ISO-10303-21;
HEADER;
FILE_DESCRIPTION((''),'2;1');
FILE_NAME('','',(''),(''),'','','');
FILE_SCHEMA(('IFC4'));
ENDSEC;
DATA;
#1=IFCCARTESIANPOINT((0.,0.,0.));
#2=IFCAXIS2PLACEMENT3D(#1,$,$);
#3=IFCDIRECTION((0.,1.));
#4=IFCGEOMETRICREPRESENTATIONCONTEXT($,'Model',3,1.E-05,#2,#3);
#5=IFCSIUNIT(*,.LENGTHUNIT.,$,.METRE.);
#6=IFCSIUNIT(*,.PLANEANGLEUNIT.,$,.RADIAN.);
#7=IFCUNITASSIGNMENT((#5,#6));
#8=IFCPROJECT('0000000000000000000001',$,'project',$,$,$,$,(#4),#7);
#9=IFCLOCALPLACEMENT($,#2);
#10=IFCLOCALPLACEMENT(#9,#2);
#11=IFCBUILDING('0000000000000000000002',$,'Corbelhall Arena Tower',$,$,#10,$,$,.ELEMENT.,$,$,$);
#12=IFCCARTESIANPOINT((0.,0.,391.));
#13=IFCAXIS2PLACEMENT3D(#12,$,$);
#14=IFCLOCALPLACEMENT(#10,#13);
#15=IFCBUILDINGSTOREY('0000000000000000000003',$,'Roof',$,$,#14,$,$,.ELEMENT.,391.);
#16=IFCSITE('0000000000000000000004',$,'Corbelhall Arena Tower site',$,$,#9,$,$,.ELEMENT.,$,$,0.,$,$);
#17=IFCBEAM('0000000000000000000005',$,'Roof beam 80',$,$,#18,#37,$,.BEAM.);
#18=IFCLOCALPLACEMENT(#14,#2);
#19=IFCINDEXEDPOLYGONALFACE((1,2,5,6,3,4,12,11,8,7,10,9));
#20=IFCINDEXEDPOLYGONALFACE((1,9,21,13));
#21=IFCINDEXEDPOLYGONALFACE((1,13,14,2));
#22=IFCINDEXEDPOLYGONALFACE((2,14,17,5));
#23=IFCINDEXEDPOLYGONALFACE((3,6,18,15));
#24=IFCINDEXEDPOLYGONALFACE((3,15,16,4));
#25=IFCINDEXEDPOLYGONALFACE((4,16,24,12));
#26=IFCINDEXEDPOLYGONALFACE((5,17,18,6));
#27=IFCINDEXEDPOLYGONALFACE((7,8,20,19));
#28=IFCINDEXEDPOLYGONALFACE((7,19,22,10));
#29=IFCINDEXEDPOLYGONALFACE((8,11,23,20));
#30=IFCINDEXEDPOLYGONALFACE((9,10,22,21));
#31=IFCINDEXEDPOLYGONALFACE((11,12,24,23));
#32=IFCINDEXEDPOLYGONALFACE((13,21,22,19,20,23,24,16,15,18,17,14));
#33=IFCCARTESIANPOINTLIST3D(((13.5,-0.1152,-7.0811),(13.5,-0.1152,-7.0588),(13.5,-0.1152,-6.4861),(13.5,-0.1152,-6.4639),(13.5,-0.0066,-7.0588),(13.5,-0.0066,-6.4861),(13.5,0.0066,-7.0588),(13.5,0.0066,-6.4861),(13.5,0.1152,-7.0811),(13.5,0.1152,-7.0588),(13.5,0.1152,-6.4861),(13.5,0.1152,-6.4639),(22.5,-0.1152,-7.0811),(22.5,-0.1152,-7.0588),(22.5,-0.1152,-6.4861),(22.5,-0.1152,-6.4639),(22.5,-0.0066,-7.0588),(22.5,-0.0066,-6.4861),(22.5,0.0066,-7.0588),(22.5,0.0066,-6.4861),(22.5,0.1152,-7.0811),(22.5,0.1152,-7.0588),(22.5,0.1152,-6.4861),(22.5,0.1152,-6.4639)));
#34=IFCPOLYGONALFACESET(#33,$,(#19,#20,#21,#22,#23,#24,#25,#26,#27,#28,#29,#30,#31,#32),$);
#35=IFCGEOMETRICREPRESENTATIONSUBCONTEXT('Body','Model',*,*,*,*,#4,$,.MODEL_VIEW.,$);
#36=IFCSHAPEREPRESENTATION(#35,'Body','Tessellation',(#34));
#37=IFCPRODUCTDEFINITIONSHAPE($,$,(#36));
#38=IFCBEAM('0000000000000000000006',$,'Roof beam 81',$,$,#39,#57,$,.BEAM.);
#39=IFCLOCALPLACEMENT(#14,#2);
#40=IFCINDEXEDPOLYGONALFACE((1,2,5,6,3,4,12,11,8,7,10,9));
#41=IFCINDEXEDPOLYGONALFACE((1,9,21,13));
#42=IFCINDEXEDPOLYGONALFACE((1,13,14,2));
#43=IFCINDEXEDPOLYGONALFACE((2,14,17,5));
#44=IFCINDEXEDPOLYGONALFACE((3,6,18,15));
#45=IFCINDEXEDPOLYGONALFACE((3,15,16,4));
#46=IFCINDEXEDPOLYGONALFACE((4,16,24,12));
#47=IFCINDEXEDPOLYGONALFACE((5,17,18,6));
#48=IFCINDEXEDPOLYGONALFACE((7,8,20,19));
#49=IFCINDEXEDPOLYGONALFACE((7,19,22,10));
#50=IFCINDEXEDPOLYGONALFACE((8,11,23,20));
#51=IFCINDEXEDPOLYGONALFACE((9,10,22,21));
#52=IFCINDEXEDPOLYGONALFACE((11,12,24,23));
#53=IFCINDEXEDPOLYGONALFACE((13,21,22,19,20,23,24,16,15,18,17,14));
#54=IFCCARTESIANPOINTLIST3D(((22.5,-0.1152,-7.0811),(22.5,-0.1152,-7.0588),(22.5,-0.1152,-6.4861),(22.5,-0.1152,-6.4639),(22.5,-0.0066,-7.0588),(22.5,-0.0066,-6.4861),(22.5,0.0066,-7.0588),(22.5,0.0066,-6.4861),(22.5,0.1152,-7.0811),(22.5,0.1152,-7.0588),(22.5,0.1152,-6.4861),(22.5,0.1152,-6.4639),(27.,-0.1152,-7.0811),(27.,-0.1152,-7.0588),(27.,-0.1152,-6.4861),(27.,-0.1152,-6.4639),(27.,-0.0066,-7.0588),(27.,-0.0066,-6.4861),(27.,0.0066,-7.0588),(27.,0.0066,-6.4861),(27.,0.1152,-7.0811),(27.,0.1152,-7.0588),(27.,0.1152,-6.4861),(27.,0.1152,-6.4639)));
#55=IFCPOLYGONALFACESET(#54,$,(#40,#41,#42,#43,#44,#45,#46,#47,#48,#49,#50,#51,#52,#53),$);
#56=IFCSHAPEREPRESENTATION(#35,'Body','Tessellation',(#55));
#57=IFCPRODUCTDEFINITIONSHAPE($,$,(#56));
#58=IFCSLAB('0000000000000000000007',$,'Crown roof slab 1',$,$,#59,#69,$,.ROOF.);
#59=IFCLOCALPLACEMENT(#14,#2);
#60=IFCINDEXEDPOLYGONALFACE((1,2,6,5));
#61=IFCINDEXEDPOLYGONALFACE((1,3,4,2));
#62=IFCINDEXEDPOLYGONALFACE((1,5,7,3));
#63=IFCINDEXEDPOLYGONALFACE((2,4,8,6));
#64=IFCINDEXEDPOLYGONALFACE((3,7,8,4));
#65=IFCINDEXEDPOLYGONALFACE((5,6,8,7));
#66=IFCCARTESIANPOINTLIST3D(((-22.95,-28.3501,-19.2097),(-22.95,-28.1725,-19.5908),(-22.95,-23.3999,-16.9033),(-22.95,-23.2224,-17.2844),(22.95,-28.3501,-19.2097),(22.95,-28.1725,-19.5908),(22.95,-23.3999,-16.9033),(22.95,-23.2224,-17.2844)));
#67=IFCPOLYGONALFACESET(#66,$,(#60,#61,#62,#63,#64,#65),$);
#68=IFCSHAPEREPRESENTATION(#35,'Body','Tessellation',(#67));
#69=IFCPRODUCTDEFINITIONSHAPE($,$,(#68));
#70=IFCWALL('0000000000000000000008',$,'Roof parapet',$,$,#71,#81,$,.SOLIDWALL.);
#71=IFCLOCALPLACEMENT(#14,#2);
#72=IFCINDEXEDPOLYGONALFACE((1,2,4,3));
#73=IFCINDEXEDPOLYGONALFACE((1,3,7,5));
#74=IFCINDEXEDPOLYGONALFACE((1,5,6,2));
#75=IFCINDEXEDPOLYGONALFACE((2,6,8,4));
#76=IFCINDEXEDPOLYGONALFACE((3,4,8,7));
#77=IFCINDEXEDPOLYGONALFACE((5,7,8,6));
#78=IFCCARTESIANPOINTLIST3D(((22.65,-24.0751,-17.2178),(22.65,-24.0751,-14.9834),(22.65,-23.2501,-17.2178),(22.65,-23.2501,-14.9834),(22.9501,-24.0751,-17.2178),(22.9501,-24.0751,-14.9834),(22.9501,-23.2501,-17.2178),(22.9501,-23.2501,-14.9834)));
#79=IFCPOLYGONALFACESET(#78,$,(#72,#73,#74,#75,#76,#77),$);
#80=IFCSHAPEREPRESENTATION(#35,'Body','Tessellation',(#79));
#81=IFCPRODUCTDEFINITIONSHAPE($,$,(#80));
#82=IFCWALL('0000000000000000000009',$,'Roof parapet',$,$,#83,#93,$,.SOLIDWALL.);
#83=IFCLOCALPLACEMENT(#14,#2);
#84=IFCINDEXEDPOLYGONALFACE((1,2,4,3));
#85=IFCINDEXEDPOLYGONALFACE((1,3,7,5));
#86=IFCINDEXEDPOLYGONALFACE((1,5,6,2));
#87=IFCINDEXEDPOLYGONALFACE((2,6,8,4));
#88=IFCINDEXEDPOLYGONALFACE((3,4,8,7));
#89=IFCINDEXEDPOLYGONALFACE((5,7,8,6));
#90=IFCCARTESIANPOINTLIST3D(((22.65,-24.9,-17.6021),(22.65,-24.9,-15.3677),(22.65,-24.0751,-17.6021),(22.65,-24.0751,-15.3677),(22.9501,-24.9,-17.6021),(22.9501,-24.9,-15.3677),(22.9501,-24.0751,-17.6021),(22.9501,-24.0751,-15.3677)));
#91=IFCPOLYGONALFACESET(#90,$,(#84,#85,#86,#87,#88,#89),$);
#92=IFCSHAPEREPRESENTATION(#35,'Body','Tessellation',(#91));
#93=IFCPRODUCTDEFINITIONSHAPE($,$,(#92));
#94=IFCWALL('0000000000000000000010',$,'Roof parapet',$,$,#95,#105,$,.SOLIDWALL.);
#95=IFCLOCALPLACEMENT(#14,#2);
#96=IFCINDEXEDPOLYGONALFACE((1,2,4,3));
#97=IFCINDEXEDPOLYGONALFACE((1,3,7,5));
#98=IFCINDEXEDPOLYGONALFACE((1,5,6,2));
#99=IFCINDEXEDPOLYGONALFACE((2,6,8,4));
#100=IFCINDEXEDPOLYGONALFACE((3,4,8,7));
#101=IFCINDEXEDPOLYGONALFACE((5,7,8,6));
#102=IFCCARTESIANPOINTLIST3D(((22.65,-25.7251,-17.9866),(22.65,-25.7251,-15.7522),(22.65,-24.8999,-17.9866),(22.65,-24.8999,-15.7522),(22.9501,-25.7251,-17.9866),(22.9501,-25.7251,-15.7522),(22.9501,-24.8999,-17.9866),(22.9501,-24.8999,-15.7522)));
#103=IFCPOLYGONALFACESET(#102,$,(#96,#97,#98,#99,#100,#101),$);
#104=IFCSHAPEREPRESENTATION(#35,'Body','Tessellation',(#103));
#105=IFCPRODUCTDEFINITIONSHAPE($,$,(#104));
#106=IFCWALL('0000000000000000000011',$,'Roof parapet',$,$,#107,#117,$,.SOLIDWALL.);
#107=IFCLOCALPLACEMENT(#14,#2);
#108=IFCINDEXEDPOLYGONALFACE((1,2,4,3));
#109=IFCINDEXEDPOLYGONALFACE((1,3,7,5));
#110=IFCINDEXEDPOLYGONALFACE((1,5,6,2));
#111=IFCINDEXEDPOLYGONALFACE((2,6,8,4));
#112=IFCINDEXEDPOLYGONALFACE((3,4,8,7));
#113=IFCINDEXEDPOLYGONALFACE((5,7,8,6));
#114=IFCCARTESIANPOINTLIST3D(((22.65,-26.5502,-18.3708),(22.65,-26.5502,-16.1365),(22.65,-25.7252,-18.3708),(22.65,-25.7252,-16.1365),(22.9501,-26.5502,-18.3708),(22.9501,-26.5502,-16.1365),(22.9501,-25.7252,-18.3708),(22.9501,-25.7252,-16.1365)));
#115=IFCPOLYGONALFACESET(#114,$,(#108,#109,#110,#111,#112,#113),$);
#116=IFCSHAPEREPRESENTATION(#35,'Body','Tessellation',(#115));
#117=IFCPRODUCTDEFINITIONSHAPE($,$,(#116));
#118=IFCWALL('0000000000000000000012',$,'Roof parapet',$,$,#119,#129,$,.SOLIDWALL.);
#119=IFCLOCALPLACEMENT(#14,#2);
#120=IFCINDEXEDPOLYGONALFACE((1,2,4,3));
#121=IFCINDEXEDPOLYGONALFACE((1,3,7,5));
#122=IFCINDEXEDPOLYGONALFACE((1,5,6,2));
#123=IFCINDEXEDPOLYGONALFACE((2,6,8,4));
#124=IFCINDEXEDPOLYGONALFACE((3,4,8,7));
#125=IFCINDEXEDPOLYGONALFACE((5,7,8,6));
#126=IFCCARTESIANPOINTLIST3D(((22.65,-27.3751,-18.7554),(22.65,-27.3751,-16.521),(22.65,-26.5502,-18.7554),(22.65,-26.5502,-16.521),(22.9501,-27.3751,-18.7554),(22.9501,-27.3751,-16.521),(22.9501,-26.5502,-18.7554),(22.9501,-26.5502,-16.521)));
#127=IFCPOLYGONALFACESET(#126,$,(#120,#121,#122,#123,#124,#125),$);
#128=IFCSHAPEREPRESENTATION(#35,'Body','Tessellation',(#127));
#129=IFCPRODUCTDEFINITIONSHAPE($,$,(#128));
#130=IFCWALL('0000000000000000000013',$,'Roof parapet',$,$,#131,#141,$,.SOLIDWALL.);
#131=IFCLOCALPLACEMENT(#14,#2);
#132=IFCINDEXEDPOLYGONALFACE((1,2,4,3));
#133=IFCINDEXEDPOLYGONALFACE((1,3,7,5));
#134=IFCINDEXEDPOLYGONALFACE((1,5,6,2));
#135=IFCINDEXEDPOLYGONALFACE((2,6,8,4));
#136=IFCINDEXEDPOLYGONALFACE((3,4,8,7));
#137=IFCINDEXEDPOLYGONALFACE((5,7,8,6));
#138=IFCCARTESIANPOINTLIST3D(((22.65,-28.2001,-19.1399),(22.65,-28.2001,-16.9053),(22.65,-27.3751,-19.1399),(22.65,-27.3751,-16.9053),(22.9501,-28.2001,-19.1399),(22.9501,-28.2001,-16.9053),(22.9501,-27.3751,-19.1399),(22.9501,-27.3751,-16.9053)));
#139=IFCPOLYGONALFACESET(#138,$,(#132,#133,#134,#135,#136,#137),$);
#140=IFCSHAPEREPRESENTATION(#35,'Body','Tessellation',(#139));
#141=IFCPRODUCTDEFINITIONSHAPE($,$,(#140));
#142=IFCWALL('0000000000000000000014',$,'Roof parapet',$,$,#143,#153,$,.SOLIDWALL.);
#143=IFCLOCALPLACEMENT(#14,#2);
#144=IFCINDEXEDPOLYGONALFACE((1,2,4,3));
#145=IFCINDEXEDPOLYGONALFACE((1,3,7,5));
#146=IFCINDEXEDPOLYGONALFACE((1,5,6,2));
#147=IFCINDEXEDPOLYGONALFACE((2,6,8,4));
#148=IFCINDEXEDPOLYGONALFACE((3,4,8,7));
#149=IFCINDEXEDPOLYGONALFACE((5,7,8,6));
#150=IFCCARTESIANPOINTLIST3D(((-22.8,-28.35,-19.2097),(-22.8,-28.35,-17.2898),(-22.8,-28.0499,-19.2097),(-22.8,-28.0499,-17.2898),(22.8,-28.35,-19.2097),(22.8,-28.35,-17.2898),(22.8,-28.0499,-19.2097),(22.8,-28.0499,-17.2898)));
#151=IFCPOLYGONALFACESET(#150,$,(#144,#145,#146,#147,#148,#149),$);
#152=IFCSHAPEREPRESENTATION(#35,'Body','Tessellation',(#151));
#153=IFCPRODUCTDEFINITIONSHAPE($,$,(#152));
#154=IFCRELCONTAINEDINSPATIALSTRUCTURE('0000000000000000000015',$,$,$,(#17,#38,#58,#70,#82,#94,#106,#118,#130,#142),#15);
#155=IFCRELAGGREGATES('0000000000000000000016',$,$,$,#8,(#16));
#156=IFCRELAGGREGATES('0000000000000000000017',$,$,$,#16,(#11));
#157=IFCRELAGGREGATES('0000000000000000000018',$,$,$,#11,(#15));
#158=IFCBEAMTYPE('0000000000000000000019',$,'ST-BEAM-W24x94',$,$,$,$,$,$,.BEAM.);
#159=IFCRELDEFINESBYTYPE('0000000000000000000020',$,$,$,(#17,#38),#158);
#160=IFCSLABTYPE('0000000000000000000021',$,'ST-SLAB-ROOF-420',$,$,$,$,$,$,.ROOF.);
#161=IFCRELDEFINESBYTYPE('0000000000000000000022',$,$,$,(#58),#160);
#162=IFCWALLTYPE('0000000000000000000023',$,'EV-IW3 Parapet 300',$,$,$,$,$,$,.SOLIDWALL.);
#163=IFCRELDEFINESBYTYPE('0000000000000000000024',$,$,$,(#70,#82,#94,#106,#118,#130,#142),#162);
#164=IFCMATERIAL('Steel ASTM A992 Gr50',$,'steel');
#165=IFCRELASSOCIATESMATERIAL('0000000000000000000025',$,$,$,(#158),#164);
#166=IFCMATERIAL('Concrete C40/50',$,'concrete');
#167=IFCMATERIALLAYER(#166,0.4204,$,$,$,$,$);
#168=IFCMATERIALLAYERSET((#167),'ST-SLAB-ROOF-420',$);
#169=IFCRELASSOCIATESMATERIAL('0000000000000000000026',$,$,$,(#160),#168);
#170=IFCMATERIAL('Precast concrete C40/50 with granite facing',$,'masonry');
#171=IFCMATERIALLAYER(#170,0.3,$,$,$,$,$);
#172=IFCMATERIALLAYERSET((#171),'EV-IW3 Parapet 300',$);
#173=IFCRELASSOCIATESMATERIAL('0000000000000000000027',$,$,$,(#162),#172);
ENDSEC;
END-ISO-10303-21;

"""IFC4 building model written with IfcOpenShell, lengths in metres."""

from ifc_helpers import new_model, si_unit, direction, frame, frame_2d, origin, origin_2d, place, context, subcontext, project, spatial, polyline, rectangle, i_section, outline, extrude, material, layer, layer_set, material_profile, profile_set, type_object, element, save


model = new_model("IFC4")

# Units and contexts
model_context = context("Model", 3, precision=1e-05, world=origin(), true_north=direction((0.0, 1.0)))
body_context = subcontext(model_context, "Body", "Model", "MODEL_VIEW")
ifc_project = project(units=[si_unit("LENGTHUNIT", "METRE"), si_unit("PLANEANGLEUNIT", "RADIAN")], contexts=[model_context])

# Site, building, storey
site_placement = place(None, origin())
site = spatial("IfcSite", under=ifc_project, at=site_placement, Name="Corbelhall Arena Tower site", CompositionType="ELEMENT", RefElevation=0.0)
building_placement = place(site_placement, origin())
building = spatial("IfcBuilding", under=site, at=building_placement, Name="Corbelhall Arena Tower", CompositionType="ELEMENT")
storey_placement = place(building_placement, frame((0.0, 0.0, 391.0)))
storey = spatial("IfcBuildingStorey", under=building, at=storey_placement, Name="Roof", CompositionType="ELEMENT", Elevation=391.0)

# Beams
ifc_material_1 = material(Name="Steel ASTM A992 Gr50", Category="steel")
ifc_material_profile_1 = material_profile(ifc_material_1, i_section(OverallWidth=0.2305, OverallDepth=0.6172, WebThickness=0.0132, FlangeThickness=0.0222, at=origin_2d()))
ifc_profile_set_1 = profile_set([ifc_material_profile_1], Name="Steel ASTM A992 Gr50")
beam_type = type_object("IfcBeamType", Name="ST-BEAM-W24x94", PredefinedType="BEAM", material=ifc_profile_set_1)
for number, where, z_axis, x_axis, name in (
    (1, (13.5, 0.0, -6.7725), (1.0, 0.0, 0.0), (0.0, 1.0, 0.0), "Roof beam 80"),
):
    element("IfcBeam", number, at=place(storey_placement, frame(where, z_axis=z_axis, x_axis=x_axis)), inside=storey, type_object=beam_type, Name=name, PredefinedType="BEAM", context=body_context, shape_type="SweptSolid", body=[
        extrude(i_section(OverallWidth=0.2305, OverallDepth=0.6172, WebThickness=0.0132, FlangeThickness=0.0222, at=origin_2d()), origin(), (0.0, 0.0, 1.0), 9.0),
    ])
beam_1_placement = place(storey_placement, frame((22.5, 0.0, -6.7725), z_axis=(1.0, 0.0, 0.0), x_axis=(0.0, 1.0, 0.0)))
element("IfcBeam", 2, at=beam_1_placement, inside=storey, type_object=beam_type, Name="Roof beam 81", PredefinedType="BEAM", context=body_context, shape_type="SweptSolid", body=[
    extrude(i_section(OverallWidth=0.2305, OverallDepth=0.6172, WebThickness=0.0132, FlangeThickness=0.0222, at=origin_2d()), origin(), (0.0, 0.0, 1.0), 4.5),
])

# Slab
ifc_material_2 = material(Name="Concrete C40/50", Category="concrete")
ifc_layer_1 = layer(ifc_material_2, 0.4204)
ifc_layer_set_1 = layer_set([ifc_layer_1], Name="ST-SLAB-ROOF-420")
slab_type = type_object("IfcSlabType", Name="ST-SLAB-ROOF-420", PredefinedType="ROOF", material=ifc_layer_set_1)
slab_placement = place(storey_placement, frame((22.95, -28.3501, -19.2097), z_axis=(0.0, -0.42233, 0.906442), x_axis=(0.0, 0.906442, 0.42233)))
element("IfcSlab", 3, at=slab_placement, inside=storey, type_object=slab_type, Name="Crown roof slab 1", PredefinedType="ROOF", context=body_context, shape_type="SweptSolid", body=[
    extrude(outline(polyline([(0.0, 0.0), (5.4611, 0.0), (5.4611, 45.8999), (0.0, 45.8999), (0.0, 0.0)])), origin(), (0.0, 0.0, -1.0), 0.4204),
])

# Walls
ifc_material_3 = material(Name="Precast concrete C40/50 with granite facing", Category="masonry")
ifc_layer_2 = layer(ifc_material_3, 0.3)
ifc_layer_set_2 = layer_set([ifc_layer_2], Name="EV-IW3 Parapet 300")
wall_type = type_object("IfcWallType", Name="EV-IW3 Parapet 300", PredefinedType="SOLIDWALL", material=ifc_layer_set_2)
for number, where, z_axis, x_axis, name in (
    (4, (22.8, -23.25, -17.2178), (0.0, 0.0, 1.0), (0.0, -1.0, 0.0), "Roof parapet"),
    (5, (22.8, -24.075, -17.6021), (0.0, 0.0, 1.0), (0.0, -1.0, 0.0), "Roof parapet"),
):
    element("IfcWall", number, at=place(storey_placement, frame(where, z_axis=z_axis, x_axis=x_axis)), inside=storey, type_object=wall_type, Name=name, PredefinedType="SOLIDWALL", context=body_context, shape_type="SweptSolid", body=[
        extrude(rectangle(XDim=0.825, YDim=0.3, at=frame_2d((0.4126, 0.0))), origin(), (0.0, 0.0, 1.0), 2.2344),
    ])
wall_1_placement = place(storey_placement, frame((22.8, -24.8999, -17.9866), z_axis=(0.0, 0.0, 1.0), x_axis=(0.0, -1.0, 0.0)))
element("IfcWall", 6, at=wall_1_placement, inside=storey, type_object=wall_type, Name="Roof parapet", PredefinedType="SOLIDWALL", context=body_context, shape_type="SweptSolid", body=[
    extrude(rectangle(XDim=0.8252, YDim=0.3, at=frame_2d((0.4126, 0.0))), origin(), (0.0, 0.0, 1.0), 2.2344),
])
for number, where, z_axis, x_axis, name in (
    (7, (22.8, -25.7251, -18.3708), (0.0, 0.0, 1.0), (0.0, -1.0, 0.0), "Roof parapet"),
    (8, (22.8, -26.55, -18.7554), (0.0, 0.0, 1.0), (0.0, -1.0, 0.0), "Roof parapet"),
):
    element("IfcWall", number, at=place(storey_placement, frame(where, z_axis=z_axis, x_axis=x_axis)), inside=storey, type_object=wall_type, Name=name, PredefinedType="SOLIDWALL", context=body_context, shape_type="SweptSolid", body=[
        extrude(rectangle(XDim=0.825, YDim=0.3, at=frame_2d((0.4126, 0.0))), origin(), (0.0, 0.0, 1.0), 2.2344),
    ])
wall_2_placement = place(storey_placement, frame((22.8, -27.375, -19.1399), z_axis=(0.0, 0.0, 1.0), x_axis=(0.0, -1.0, 0.0)))
element("IfcWall", 9, at=wall_2_placement, inside=storey, type_object=wall_type, Name="Roof parapet", PredefinedType="SOLIDWALL", context=body_context, shape_type="SweptSolid", body=[
    extrude(rectangle(XDim=0.825, YDim=0.3, at=frame_2d((0.4126, 0.0))), origin(), (0.0, 0.0, 1.0), 2.2346),
])
wall_3_placement = place(storey_placement, frame((22.8, -28.2, -19.2097), z_axis=(0.0, 0.0, 1.0), x_axis=(-1.0, 0.0, 0.0)))
element("IfcWall", 10, at=wall_3_placement, inside=storey, type_object=wall_type, Name="Roof parapet", PredefinedType="SOLIDWALL", context=body_context, shape_type="SweptSolid", body=[
    extrude(rectangle(XDim=45.6001, YDim=0.3, at=frame_2d((22.8, 0.0))), origin(), (0.0, 0.0, 1.0), 1.9199),
])

save(model, "model.ifc")
